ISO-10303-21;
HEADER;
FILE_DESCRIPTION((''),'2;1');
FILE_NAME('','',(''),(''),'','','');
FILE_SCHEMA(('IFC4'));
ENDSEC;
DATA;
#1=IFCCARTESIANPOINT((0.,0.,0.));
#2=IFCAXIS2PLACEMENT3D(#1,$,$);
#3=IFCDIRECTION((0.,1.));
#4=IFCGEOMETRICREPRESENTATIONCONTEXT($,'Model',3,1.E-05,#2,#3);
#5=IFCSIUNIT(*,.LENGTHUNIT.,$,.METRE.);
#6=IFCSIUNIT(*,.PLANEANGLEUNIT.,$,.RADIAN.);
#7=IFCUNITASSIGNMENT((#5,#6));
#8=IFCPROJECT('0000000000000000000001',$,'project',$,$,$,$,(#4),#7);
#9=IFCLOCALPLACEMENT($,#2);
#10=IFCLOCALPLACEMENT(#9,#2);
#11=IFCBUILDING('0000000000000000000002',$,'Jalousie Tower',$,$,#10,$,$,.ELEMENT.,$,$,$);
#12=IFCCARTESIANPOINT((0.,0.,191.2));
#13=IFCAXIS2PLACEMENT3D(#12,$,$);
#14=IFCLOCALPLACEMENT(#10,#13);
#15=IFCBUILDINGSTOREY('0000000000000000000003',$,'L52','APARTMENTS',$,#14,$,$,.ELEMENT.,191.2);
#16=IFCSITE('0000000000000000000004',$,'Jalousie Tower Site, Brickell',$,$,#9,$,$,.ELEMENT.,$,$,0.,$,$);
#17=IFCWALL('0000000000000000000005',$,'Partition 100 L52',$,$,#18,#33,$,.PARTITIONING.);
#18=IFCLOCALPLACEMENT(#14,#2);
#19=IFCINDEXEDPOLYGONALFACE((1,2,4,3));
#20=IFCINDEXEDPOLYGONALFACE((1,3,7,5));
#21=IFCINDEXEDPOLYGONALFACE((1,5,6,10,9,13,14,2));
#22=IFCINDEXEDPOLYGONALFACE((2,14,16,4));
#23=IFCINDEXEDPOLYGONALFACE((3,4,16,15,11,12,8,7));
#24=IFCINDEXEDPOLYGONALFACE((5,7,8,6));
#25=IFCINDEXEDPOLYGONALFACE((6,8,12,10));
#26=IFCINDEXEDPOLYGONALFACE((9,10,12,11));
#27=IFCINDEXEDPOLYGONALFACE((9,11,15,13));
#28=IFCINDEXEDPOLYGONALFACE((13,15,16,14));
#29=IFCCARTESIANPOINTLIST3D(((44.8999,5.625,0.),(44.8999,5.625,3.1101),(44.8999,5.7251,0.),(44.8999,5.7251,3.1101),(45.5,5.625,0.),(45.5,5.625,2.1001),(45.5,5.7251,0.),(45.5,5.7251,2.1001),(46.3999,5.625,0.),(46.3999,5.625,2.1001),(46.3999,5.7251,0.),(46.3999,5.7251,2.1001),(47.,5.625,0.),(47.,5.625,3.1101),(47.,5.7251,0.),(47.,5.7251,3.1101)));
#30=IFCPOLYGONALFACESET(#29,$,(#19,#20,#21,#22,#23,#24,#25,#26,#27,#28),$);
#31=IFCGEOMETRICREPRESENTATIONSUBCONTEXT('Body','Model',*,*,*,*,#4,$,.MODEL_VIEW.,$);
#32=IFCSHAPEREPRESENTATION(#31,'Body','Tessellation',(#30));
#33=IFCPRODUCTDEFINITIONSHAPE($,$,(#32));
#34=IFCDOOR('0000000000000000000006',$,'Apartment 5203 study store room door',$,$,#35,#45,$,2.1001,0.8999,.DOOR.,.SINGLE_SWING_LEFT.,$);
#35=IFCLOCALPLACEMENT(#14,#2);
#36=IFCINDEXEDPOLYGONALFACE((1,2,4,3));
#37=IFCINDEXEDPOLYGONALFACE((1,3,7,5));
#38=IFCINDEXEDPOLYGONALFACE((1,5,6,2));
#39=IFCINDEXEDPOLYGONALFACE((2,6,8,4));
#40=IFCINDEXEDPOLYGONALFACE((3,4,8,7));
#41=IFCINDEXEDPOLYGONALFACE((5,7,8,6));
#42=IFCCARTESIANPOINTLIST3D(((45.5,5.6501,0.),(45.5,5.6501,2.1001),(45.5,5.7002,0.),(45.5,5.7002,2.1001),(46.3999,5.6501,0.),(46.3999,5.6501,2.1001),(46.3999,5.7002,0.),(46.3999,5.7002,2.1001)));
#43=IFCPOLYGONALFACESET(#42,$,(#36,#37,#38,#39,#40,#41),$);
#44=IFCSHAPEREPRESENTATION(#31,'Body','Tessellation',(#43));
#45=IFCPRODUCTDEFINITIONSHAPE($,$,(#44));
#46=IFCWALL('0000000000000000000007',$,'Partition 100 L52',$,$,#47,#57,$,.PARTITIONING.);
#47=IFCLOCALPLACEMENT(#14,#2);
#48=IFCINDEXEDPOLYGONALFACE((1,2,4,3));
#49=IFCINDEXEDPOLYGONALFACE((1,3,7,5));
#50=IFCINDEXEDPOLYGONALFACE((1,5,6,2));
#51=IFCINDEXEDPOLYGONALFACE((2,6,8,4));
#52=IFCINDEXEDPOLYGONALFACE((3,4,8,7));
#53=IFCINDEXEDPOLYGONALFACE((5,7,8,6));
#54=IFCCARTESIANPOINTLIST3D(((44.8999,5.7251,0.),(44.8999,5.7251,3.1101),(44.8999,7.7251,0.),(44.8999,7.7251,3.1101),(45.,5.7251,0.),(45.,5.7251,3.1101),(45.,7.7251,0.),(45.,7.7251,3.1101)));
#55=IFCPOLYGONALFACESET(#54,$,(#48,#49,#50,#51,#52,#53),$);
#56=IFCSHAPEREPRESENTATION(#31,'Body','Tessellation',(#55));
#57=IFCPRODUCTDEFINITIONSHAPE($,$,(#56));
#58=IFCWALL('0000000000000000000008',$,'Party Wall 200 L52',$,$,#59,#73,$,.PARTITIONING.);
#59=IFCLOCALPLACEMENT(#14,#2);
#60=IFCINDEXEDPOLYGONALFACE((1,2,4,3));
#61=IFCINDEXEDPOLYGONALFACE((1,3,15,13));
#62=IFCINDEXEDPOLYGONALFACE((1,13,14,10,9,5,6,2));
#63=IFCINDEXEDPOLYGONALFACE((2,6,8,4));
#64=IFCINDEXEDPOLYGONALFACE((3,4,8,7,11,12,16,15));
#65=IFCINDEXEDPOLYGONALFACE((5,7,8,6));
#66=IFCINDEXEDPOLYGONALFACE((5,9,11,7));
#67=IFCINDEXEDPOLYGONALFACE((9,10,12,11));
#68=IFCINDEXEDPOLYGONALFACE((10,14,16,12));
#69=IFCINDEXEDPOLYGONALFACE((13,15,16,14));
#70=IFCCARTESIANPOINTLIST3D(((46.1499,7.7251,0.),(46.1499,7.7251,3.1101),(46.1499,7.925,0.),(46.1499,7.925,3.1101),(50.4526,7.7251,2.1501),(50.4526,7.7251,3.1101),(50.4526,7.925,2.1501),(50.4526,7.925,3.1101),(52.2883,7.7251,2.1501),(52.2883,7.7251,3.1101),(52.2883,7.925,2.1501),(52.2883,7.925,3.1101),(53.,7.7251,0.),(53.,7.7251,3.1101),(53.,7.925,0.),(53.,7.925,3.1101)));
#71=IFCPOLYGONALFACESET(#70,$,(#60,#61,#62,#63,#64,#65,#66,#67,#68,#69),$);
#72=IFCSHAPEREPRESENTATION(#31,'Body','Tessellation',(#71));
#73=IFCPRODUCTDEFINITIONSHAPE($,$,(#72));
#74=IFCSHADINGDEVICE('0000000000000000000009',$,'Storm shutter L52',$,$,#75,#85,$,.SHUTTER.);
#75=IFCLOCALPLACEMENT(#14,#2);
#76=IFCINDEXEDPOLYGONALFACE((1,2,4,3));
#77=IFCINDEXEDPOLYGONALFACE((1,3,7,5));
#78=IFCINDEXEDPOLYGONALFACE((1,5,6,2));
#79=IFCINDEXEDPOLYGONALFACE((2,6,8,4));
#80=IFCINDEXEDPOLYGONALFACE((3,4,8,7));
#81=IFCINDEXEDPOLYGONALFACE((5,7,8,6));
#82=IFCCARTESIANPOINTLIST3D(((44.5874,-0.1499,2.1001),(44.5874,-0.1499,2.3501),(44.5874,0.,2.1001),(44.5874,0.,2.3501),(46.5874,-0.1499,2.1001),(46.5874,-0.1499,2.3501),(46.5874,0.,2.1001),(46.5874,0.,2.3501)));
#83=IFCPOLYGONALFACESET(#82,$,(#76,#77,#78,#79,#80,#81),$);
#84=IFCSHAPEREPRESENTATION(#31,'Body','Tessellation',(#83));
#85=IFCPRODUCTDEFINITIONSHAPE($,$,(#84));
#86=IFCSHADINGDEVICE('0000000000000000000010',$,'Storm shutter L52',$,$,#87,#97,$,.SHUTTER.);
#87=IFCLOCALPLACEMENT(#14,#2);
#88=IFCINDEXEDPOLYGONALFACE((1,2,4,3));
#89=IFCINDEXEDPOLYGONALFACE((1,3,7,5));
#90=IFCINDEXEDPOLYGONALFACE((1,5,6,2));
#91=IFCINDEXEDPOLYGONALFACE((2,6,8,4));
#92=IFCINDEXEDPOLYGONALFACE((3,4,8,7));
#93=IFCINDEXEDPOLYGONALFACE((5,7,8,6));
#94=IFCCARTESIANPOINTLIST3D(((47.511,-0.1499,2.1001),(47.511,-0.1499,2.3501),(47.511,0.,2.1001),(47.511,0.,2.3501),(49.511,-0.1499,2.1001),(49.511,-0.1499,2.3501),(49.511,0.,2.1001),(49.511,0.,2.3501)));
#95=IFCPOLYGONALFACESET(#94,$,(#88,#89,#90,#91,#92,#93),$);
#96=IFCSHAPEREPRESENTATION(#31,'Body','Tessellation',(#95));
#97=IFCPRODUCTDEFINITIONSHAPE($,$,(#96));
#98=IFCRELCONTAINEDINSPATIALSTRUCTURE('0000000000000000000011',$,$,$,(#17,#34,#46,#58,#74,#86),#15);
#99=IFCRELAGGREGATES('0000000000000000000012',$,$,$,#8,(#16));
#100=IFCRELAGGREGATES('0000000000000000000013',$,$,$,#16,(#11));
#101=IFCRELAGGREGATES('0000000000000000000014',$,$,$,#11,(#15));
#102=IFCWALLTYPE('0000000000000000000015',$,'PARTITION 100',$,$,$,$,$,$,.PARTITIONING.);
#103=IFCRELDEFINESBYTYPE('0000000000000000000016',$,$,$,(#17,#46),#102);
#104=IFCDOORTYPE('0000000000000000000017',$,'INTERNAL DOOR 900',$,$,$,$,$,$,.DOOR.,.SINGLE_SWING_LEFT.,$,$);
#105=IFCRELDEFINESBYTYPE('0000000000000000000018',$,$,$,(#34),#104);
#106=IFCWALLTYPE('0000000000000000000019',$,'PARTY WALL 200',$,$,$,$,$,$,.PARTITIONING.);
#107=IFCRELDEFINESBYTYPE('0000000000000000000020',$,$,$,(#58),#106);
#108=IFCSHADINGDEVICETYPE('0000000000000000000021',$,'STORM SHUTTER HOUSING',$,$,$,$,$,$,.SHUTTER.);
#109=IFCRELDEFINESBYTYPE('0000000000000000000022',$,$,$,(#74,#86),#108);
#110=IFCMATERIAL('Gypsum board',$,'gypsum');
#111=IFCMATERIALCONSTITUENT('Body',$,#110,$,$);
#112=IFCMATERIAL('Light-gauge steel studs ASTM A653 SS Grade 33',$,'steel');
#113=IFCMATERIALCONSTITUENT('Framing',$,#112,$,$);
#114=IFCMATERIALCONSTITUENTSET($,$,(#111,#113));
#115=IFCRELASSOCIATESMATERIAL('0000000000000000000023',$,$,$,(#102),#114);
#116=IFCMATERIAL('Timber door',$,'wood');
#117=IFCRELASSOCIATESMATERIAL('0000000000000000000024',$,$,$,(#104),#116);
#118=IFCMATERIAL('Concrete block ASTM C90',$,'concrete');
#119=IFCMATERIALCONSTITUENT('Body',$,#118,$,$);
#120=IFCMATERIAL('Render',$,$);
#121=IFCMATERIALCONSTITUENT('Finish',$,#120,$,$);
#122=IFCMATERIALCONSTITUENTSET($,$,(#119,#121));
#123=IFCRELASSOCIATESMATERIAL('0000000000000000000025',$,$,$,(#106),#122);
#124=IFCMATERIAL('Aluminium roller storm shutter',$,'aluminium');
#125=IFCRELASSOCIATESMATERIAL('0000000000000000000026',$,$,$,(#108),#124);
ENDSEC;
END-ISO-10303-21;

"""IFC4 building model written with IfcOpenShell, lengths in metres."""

from ifc_helpers import new_model, si_unit, direction, frame, frame_2d, origin, origin_2d, place, context, subcontext, project, spatial, polyline, rectangle, outline, extrude, material, constituent, constituent_set, type_object, element, fill, save


model = new_model("IFC4")

# Units and contexts
model_context = context("Model", 3, precision=1e-05, world=origin(), true_north=direction((0.0, 1.0)))
body_context = subcontext(model_context, "Body", "Model", "MODEL_VIEW")
ifc_project = project(units=[si_unit("LENGTHUNIT", "METRE"), si_unit("PLANEANGLEUNIT", "RADIAN")], contexts=[model_context])

# Site, building, storey
site_placement = place(None, origin())
site = spatial("IfcSite", under=ifc_project, at=site_placement, Name="Jalousie Tower Site, Brickell", CompositionType="ELEMENT", RefElevation=0.0)
building_placement = place(site_placement, origin())
building = spatial("IfcBuilding", under=site, at=building_placement, Name="Jalousie Tower", CompositionType="ELEMENT")
storey_placement = place(building_placement, frame((0.0, 0.0, 191.2)))
storey = spatial("IfcBuildingStorey", under=building, at=storey_placement, Name="L52", Description="APARTMENTS", CompositionType="ELEMENT", Elevation=191.2)

# Shared definitions
ifc_material_1 = material(Name="Gypsum board", Category="gypsum")
ifc_constituent_1 = constituent(ifc_material_1, Name="Body")
ifc_material_2 = material(Name="Light-gauge steel studs ASTM A653 SS Grade 33", Category="steel")
ifc_constituent_2 = constituent(ifc_material_2, Name="Framing")
ifc_constituent_set_1 = constituent_set(constituents=[ifc_constituent_1, ifc_constituent_2])
wall_type_1 = type_object("IfcWallType", Name="PARTITION 100", PredefinedType="PARTITIONING", material=ifc_constituent_set_1)
ifc_material_3 = material(Name="Timber door", Category="wood")
door_type_1 = type_object("IfcDoorType", Name="INTERNAL DOOR 900", OperationType="SINGLE_SWING_LEFT", PredefinedType="DOOR", material=ifc_material_3)

# Wall, opening, door
wall_1_placement = place(storey_placement, frame((47.0, 5.675, 0.0), z_axis=(0.0, 0.0, 1.0), x_axis=(-1.0, 0.0, 0.0)))
wall_1 = element("IfcWall", 1, at=wall_1_placement, inside=storey, type_object=wall_type_1, Name="Partition 100 L52", PredefinedType="PARTITIONING", context=body_context, shape_type="SweptSolid", body=[
    extrude(rectangle(XDim=2.1001, YDim=0.1001, at=frame_2d((1.05, 0.0))), origin(), (0.0, 0.0, 1.0), 3.1101),
])
opening_1_placement = place(wall_1_placement, frame((0.6001, 0.0, 0.0)))
opening_1 = element("IfcOpeningElement", 2, at=opening_1_placement, cuts=wall_1, PredefinedType="OPENING", context=body_context, shape_type="SweptSolid", body=[
    extrude(rectangle(XDim=0.8999, YDim=2.1001, at=frame_2d((0.45, 1.05))), frame((0.0, 0.0601, 0.0), z_axis=(0.0, -1.0, 0.0), x_axis=(1.0, 0.0, 0.0)), (0.0, 0.0, 1.0), 0.1201),
])
door_1_placement = place(opening_1_placement, origin())
door_1 = element("IfcDoor", 3, at=door_1_placement, inside=storey, type_object=door_type_1, Name="Apartment 5203 study store room door", OperationType="SINGLE_SWING_LEFT", OverallHeight=2.1001, OverallWidth=0.8999, PredefinedType="DOOR", context=body_context, shape_type="SweptSolid", body=[
    extrude(rectangle(XDim=0.8999, YDim=2.1001, at=frame_2d((0.45, 1.05))), frame((0.0, 0.0249, 0.0), z_axis=(0.0, -1.0, 0.0), x_axis=(1.0, 0.0, 0.0)), (0.0, 0.0, 1.0), 0.05),
])
fill(opening_1, door_1)

# Walls
wall_2_placement = place(storey_placement, frame((44.95, 7.7251, 0.0), z_axis=(0.0, 0.0, 1.0), x_axis=(0.0, -1.0, 0.0)))
element("IfcWall", 4, at=wall_2_placement, inside=storey, type_object=wall_type_1, Name="Partition 100 L52", PredefinedType="PARTITIONING", context=body_context, shape_type="SweptSolid", body=[
    extrude(rectangle(XDim=2.0, YDim=0.1001, at=frame_2d((1.0, 0.0))), origin(), (0.0, 0.0, 1.0), 3.1101),
])
ifc_material_4 = material(Name="Concrete block ASTM C90", Category="concrete")
ifc_constituent_3 = constituent(ifc_material_4, Name="Body")
ifc_material_5 = material(Name="Render")
ifc_constituent_4 = constituent(ifc_material_5, Name="Finish")
ifc_constituent_set_2 = constituent_set(constituents=[ifc_constituent_3, ifc_constituent_4])
wall_type_2 = type_object("IfcWallType", Name="PARTY WALL 200", PredefinedType="PARTITIONING", material=ifc_constituent_set_2)
wall_3_placement = place(storey_placement, frame((46.1499, 7.825, 0.0), z_axis=(0.0, 0.0, 1.0), x_axis=(1.0, 0.0, 0.0)))
element("IfcWall", 5, at=wall_3_placement, inside=storey, type_object=wall_type_2, Name="Party Wall 200 L52", PredefinedType="PARTITIONING", context=body_context, shape_type="SweptSolid", body=[
    extrude(outline(polyline([(0.0, 0.0), (6.8501, 0.0), (6.8501, 3.1101), (6.1384, 3.1101), (6.1384, 2.1501), (4.3027, 2.1501), (4.3027, 3.1101), (0.0, 3.1101), (0.0, 0.0)])), frame((0.0, 0.1001, 0.0), z_axis=(0.0, -1.0, 0.0), x_axis=(1.0, 0.0, 0.0)), (0.0, 0.0, 1.0), 0.2),
])

# Shading devices
ifc_material_6 = material(Name="Aluminium roller storm shutter", Category="aluminium")
shading_device_type = type_object("IfcShadingDeviceType", Name="STORM SHUTTER HOUSING", PredefinedType="SHUTTER", material=ifc_material_6)
for number, where, z_axis, x_axis, name in (
    (6, (45.5874, -0.075, 2.1001), (0.0, 0.0, 1.0), (1.0, 0.0, 0.0), "Storm shutter L52"),
    (7, (48.511, -0.075, 2.1001), (0.0, 0.0, 1.0), (1.0, 0.0, 0.0), "Storm shutter L52"),
):
    element("IfcShadingDevice", number, at=place(storey_placement, frame(where, z_axis=z_axis, x_axis=x_axis)), inside=storey, type_object=shading_device_type, Name=name, PredefinedType="SHUTTER", context=body_context, shape_type="SweptSolid", body=[
        extrude(rectangle(XDim=2.0, YDim=0.1499, at=origin_2d()), origin(), (0.0, 0.0, 1.0), 0.25),
    ])

save(model, "model.ifc")
